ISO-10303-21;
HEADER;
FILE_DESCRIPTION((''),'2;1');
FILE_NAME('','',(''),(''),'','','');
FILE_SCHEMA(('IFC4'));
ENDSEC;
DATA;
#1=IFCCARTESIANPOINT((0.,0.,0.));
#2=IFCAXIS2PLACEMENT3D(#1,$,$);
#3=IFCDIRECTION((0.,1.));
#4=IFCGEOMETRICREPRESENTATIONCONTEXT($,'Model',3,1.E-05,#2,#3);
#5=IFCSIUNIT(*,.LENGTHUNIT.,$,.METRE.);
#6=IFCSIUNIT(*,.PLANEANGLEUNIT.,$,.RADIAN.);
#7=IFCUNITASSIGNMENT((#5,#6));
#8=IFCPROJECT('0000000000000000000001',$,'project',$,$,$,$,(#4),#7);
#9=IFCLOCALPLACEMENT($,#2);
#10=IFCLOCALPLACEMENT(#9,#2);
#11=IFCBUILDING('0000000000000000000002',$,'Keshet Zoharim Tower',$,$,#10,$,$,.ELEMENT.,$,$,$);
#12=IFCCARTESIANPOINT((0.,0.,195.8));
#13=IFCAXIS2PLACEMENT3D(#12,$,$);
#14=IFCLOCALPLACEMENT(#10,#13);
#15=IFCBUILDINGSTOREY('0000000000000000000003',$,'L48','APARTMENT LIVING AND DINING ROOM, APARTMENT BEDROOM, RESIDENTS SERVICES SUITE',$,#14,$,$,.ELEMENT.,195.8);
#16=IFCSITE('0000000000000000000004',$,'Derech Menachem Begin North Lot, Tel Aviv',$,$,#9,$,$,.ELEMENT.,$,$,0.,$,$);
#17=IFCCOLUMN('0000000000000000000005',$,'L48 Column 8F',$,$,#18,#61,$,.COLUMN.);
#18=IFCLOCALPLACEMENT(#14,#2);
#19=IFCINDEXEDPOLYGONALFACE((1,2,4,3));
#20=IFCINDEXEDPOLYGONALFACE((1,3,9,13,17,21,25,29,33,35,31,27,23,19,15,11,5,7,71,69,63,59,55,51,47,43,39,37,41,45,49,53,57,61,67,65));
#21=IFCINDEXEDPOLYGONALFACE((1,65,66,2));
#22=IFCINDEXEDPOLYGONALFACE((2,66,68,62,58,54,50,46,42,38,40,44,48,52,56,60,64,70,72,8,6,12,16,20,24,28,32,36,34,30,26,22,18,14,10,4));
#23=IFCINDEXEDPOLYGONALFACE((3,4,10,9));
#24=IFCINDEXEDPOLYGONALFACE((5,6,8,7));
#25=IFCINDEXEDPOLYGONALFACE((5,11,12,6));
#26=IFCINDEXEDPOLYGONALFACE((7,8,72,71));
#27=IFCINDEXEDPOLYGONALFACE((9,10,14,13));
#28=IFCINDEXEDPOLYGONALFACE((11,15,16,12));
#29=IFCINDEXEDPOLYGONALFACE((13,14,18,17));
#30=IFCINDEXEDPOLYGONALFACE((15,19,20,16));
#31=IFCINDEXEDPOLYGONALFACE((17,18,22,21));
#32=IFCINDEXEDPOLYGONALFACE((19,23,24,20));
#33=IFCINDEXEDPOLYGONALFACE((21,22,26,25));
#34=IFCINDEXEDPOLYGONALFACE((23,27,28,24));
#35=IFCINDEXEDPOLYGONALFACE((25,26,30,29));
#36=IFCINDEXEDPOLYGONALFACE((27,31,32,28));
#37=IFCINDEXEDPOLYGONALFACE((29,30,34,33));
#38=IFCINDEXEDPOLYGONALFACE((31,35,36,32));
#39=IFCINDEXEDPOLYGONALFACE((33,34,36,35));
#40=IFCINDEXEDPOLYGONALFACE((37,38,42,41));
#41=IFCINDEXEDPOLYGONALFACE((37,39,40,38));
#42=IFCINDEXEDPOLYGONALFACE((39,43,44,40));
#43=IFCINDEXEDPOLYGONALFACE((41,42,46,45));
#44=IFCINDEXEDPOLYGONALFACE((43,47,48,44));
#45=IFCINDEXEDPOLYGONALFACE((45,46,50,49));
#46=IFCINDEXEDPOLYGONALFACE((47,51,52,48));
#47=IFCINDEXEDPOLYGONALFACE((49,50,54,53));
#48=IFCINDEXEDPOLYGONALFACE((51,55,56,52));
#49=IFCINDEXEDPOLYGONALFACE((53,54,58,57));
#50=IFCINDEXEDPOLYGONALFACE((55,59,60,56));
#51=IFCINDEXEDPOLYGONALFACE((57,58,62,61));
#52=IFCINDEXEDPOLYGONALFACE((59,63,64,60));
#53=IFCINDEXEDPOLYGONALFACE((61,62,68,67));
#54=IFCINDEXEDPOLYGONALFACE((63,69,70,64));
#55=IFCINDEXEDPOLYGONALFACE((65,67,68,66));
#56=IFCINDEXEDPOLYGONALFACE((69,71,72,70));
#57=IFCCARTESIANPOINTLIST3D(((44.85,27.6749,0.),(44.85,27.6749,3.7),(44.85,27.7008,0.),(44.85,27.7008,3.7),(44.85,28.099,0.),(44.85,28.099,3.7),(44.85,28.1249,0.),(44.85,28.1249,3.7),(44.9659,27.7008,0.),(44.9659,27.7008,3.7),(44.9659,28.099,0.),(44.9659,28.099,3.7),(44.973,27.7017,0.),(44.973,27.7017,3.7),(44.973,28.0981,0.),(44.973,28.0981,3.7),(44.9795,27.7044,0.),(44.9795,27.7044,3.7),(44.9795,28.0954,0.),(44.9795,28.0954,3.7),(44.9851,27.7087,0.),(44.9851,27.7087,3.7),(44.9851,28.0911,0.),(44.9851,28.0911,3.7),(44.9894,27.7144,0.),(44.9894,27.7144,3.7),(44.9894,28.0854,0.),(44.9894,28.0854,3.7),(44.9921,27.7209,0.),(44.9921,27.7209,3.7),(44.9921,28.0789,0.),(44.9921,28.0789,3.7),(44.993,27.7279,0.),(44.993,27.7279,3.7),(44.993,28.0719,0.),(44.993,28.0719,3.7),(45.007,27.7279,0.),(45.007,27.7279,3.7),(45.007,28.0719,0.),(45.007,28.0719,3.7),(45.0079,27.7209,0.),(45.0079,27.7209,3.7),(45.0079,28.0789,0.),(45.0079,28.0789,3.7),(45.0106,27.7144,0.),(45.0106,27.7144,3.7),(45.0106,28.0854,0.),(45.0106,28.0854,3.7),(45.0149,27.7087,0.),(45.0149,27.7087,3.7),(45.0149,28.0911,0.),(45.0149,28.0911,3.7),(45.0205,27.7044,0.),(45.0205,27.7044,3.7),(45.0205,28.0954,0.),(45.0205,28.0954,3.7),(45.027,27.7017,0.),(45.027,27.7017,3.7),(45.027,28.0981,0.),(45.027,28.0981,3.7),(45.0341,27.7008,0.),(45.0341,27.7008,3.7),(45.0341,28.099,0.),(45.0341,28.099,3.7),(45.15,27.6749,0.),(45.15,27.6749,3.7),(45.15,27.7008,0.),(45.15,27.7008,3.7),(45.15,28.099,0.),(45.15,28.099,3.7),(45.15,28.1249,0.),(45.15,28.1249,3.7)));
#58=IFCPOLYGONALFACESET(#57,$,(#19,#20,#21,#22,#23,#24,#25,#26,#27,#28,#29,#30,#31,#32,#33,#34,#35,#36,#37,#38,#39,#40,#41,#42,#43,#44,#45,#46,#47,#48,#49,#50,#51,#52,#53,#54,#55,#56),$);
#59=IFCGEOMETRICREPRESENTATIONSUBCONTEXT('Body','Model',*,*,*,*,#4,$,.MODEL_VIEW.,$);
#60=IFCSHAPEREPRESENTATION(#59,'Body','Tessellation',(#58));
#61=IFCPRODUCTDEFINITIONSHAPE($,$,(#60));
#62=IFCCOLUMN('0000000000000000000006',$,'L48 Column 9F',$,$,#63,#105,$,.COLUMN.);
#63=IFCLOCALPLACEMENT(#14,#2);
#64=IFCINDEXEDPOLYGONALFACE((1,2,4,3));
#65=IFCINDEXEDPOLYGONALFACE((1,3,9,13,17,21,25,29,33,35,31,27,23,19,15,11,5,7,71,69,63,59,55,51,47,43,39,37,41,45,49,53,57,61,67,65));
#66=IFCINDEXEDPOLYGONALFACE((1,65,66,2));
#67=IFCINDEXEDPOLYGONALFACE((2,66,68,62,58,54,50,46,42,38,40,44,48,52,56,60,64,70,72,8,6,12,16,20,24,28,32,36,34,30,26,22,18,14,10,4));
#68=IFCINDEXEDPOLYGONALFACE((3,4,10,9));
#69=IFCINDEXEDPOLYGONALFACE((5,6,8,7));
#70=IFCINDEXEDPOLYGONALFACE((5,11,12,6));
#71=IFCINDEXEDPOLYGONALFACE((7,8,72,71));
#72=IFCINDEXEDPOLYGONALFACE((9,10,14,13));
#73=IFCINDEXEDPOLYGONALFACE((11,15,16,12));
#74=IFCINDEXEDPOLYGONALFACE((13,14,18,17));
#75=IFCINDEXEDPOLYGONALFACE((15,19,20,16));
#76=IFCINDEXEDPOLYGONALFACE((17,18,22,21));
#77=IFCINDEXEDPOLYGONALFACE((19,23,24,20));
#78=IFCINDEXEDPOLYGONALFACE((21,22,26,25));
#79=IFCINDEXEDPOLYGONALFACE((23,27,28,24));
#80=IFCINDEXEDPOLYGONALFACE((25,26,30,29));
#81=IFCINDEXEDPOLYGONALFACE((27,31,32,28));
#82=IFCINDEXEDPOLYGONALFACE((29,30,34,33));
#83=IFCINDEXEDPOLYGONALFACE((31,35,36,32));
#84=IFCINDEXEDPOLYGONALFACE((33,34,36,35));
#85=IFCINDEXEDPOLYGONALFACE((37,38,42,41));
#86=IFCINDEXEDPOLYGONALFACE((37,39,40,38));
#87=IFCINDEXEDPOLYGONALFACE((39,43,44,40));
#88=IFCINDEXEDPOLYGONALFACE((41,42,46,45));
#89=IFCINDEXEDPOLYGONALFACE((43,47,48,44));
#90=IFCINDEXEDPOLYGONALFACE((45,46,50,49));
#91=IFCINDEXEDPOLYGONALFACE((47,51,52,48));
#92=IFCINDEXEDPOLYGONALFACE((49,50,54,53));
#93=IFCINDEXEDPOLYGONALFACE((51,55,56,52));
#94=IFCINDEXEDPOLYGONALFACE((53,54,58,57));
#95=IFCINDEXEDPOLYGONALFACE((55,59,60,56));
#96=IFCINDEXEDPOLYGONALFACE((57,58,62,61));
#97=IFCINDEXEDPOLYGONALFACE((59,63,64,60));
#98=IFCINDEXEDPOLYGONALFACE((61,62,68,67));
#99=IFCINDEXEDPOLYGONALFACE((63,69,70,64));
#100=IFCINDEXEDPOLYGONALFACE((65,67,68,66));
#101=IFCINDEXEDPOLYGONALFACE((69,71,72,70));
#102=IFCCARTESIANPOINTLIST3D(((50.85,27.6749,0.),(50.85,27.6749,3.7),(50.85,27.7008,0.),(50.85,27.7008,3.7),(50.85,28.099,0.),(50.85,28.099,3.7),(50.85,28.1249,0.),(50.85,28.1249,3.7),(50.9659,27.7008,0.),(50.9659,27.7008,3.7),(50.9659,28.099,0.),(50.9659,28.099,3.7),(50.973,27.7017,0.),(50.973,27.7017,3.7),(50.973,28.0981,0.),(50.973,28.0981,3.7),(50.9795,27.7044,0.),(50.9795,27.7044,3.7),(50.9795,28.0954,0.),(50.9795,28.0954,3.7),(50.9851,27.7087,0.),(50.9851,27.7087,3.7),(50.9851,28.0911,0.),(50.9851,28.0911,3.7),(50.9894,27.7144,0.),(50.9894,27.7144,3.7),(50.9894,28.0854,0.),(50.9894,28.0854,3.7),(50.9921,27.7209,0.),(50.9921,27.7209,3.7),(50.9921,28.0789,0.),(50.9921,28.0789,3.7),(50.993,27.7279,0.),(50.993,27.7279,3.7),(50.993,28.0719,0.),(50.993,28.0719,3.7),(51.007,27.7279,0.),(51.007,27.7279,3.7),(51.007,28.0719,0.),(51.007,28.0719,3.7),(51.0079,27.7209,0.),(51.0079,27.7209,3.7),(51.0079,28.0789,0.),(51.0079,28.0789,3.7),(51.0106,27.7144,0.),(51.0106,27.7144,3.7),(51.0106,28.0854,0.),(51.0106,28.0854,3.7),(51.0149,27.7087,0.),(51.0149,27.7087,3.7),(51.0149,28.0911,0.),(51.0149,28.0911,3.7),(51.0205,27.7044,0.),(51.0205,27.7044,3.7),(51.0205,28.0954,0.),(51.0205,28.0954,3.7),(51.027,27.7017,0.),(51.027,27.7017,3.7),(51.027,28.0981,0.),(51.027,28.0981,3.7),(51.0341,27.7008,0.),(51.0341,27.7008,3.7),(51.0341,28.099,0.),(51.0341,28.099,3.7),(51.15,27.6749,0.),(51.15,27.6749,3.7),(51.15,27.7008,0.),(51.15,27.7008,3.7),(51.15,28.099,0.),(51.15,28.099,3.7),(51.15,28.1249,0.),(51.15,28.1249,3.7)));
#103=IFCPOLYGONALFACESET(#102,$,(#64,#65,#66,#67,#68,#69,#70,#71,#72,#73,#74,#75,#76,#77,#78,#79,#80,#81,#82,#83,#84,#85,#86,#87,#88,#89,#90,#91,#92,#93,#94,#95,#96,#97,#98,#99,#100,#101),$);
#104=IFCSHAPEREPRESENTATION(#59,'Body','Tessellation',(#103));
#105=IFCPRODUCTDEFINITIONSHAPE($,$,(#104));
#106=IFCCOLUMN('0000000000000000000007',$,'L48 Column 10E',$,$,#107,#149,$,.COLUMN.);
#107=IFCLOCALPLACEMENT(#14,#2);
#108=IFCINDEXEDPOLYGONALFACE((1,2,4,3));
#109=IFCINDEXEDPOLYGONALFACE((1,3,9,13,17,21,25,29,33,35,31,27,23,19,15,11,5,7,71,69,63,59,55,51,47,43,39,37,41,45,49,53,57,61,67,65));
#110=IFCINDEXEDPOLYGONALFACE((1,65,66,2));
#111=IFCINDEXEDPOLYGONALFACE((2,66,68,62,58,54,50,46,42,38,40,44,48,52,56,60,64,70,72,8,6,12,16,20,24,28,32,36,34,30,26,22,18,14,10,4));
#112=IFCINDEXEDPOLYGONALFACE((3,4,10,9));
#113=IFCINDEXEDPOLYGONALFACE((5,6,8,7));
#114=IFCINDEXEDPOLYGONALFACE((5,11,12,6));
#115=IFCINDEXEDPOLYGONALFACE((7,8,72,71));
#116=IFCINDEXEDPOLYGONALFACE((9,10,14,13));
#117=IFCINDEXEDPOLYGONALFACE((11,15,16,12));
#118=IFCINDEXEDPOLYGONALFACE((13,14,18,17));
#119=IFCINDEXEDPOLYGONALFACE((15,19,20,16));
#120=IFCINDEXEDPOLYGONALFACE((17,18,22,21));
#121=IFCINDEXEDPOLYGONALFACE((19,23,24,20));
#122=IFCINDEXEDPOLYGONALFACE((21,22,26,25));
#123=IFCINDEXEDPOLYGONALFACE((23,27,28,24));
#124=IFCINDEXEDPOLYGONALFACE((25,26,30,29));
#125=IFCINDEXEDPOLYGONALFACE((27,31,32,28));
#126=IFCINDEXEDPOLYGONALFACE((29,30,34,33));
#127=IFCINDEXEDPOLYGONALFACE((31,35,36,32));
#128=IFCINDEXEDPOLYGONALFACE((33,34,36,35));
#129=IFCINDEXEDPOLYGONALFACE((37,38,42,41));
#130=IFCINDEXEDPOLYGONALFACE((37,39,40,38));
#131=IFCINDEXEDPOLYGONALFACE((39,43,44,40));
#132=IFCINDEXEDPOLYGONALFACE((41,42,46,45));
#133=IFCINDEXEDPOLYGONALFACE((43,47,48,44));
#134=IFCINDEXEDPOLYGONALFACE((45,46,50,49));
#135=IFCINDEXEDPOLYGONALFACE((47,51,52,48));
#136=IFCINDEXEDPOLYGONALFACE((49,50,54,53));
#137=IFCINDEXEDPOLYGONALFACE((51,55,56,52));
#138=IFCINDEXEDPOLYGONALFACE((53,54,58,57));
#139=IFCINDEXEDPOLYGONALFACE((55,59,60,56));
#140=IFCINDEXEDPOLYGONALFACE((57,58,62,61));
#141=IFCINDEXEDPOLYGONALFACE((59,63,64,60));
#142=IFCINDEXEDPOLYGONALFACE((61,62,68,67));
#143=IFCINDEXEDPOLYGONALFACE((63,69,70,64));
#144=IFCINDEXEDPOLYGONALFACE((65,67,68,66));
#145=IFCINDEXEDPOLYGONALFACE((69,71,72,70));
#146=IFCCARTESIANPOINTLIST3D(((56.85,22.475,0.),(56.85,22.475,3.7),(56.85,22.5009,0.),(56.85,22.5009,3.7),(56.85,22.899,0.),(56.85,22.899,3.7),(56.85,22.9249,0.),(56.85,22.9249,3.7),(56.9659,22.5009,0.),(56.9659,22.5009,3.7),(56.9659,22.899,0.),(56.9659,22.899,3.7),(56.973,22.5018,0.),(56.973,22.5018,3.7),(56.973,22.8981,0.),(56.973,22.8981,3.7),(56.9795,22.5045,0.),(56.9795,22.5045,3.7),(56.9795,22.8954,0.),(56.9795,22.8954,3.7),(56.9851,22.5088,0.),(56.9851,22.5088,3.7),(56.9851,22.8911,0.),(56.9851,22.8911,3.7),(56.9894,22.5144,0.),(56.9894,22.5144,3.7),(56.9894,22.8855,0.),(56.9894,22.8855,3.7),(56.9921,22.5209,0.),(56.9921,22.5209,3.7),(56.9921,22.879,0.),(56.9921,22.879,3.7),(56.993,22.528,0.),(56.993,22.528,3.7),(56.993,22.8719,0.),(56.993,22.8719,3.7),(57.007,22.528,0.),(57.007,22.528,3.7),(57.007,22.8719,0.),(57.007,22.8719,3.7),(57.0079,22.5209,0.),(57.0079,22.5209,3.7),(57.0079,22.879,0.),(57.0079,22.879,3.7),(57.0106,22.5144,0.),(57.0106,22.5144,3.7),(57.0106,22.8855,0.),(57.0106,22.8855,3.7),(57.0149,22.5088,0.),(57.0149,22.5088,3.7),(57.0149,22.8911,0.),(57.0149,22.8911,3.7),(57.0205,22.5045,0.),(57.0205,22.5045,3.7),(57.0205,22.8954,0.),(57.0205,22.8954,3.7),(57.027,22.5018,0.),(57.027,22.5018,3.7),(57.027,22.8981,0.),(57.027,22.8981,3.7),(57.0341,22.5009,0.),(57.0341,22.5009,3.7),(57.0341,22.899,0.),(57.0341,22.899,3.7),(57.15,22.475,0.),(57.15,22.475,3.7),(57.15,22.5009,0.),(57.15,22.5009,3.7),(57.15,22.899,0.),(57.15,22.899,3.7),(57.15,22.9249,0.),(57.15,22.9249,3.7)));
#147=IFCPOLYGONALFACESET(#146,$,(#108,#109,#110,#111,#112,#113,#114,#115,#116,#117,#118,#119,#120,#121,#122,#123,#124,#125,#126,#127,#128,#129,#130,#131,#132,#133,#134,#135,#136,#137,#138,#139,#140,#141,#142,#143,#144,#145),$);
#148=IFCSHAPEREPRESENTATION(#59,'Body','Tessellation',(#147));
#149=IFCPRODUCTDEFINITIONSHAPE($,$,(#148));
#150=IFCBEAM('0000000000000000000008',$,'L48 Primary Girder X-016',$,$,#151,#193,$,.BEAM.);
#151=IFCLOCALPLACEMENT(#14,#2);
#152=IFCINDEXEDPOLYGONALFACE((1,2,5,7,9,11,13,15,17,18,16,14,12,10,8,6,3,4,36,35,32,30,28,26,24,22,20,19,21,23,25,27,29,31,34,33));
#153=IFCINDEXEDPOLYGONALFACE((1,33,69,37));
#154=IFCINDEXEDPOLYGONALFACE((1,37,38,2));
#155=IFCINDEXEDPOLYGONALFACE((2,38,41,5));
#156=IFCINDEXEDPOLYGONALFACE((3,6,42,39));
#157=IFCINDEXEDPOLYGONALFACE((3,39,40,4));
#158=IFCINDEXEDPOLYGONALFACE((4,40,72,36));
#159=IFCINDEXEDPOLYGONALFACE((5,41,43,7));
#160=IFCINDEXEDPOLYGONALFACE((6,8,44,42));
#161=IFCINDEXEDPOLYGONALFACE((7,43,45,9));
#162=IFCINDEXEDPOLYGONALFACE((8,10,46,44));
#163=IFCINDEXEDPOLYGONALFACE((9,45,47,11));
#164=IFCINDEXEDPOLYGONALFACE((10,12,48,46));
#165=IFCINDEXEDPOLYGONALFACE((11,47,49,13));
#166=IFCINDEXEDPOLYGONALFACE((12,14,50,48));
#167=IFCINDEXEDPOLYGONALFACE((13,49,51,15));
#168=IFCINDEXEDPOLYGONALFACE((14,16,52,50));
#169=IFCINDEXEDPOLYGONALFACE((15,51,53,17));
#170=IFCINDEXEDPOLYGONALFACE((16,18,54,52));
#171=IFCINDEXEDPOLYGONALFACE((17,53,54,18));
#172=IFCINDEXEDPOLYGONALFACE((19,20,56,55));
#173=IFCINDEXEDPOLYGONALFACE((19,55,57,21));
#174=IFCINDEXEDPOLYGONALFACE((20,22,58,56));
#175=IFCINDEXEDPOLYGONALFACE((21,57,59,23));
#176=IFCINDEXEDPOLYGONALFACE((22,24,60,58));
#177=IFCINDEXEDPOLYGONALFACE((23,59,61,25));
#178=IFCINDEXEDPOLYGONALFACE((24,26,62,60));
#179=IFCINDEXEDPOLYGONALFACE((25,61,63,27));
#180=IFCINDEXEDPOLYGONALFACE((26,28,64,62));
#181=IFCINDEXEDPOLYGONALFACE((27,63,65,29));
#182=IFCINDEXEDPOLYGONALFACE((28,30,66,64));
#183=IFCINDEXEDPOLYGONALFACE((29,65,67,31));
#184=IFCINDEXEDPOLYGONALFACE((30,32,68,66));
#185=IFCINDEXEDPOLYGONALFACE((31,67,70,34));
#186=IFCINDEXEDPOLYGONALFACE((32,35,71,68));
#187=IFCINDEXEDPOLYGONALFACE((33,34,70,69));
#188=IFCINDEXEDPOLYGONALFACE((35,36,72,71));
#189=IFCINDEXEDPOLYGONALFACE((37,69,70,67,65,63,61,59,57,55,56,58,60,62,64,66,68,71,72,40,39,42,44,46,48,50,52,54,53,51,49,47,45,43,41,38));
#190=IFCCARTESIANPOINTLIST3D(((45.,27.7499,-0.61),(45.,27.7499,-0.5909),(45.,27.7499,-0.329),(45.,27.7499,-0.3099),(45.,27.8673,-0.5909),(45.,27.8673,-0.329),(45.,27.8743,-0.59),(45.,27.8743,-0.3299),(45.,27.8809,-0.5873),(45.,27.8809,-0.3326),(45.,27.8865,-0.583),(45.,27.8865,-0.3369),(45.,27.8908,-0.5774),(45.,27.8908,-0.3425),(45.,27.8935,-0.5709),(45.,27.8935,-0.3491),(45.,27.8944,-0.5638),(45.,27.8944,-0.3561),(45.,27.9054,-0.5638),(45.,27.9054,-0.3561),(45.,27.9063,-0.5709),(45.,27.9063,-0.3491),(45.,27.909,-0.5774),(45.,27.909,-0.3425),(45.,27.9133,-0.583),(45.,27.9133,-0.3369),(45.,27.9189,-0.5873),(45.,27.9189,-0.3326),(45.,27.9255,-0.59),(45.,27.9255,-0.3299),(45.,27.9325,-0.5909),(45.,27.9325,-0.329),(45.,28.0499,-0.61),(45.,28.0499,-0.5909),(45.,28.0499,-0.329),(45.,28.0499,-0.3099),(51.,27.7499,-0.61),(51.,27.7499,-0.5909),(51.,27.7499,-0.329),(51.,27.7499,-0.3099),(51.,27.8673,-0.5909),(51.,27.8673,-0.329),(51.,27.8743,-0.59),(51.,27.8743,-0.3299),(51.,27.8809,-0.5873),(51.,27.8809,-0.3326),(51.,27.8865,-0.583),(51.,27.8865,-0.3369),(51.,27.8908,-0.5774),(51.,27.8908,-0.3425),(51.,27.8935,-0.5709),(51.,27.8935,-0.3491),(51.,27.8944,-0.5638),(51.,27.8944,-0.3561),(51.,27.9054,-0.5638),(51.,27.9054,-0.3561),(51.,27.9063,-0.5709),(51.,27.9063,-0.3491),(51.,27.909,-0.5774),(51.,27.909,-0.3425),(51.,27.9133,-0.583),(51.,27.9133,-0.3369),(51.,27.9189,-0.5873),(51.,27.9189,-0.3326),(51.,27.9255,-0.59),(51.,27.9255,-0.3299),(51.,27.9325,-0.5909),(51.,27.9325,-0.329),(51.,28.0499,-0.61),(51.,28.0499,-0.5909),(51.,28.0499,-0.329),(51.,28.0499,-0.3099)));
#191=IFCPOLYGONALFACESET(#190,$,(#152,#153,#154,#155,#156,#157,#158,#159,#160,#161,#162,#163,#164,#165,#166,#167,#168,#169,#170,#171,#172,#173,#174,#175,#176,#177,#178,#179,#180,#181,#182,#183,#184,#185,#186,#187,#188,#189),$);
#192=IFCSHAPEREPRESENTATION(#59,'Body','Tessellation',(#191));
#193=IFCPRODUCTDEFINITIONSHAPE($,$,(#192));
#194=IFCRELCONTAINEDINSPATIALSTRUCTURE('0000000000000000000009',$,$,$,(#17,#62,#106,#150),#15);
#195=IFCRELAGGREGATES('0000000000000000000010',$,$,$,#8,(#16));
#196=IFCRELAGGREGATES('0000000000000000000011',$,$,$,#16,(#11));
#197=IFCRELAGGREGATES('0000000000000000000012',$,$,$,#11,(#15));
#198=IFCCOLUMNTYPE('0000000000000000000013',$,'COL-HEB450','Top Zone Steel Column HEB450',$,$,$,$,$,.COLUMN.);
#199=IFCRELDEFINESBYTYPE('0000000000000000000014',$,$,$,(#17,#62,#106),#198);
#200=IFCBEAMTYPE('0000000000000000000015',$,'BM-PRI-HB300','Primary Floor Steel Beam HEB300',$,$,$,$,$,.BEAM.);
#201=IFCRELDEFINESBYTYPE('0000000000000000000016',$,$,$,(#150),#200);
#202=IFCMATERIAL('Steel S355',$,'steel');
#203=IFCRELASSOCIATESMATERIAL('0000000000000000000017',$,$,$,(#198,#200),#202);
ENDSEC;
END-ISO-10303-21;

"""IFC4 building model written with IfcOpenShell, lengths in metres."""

from ifc_helpers import new_model, si_unit, direction, frame, origin, origin_2d, place, context, subcontext, project, spatial, i_section, extrude, material, material_profile, profile_set, type_object, element, save


model = new_model("IFC4")

# Units and contexts
model_context = context("Model", 3, precision=1e-05, world=origin(), true_north=direction((0.0, 1.0)))
body_context = subcontext(model_context, "Body", "Model", "MODEL_VIEW")
ifc_project = project(units=[si_unit("LENGTHUNIT", "METRE"), si_unit("PLANEANGLEUNIT", "RADIAN")], contexts=[model_context])

# Site, building, storey
site_placement = place(None, origin())
site = spatial("IfcSite", under=ifc_project, at=site_placement, Name="Derech Menachem Begin North Lot, Tel Aviv", CompositionType="ELEMENT", RefElevation=0.0)
building_placement = place(site_placement, origin())
building = spatial("IfcBuilding", under=site, at=building_placement, Name="Keshet Zoharim Tower", CompositionType="ELEMENT")
storey_placement = place(building_placement, frame((0.0, 0.0, 195.8)))
storey = spatial("IfcBuildingStorey", under=building, at=storey_placement, Name="L48", Description="APARTMENT LIVING AND DINING ROOM, APARTMENT BEDROOM, RESIDENTS SERVICES SUITE", CompositionType="ELEMENT", Elevation=195.8)

# Columns
ifc_material_1 = material(Name="Steel S355", Category="steel")
ifc_material_profile_1 = material_profile(ifc_material_1, i_section(OverallWidth=0.3, OverallDepth=0.45, WebThickness=0.0139, FlangeThickness=0.0259, FilletRadius=0.0271, at=origin_2d()), Name="HEB450")
ifc_profile_set_1 = profile_set([ifc_material_profile_1], Name="Steel S355")
column_type = type_object("IfcColumnType", Name="COL-HEB450", Description="Top Zone Steel Column HEB450", PredefinedType="COLUMN", material=ifc_profile_set_1)
for number, where, z_axis, x_axis, name in (
    (1, (45.0, 27.8999, 0.0), (0.0, 0.0, 1.0), (1.0, 0.0, 0.0), "L48 Column 8F"),
    (2, (51.0, 27.8999, 0.0), (0.0, 0.0, 1.0), (1.0, 0.0, 0.0), "L48 Column 9F"),
    (3, (57.0, 22.7, 0.0), (0.0, 0.0, 1.0), (1.0, 0.0, 0.0), "L48 Column 10E"),
):
    element("IfcColumn", number, at=place(storey_placement, frame(where, z_axis=z_axis, x_axis=x_axis)), inside=storey, type_object=column_type, Name=name, PredefinedType="COLUMN", context=body_context, shape_type="SweptSolid", body=[
        extrude(i_section(OverallWidth=0.3, OverallDepth=0.45, WebThickness=0.0139, FlangeThickness=0.0259, FilletRadius=0.0271, at=origin_2d()), origin(), (0.0, 0.0, 1.0), 3.7),
    ])

# Beam
ifc_material_profile_2 = material_profile(ifc_material_1, i_section(OverallWidth=0.3, OverallDepth=0.3, WebThickness=0.011, FlangeThickness=0.019, FilletRadius=0.0271, at=origin_2d()), Name="HEB300")
ifc_profile_set_2 = profile_set([ifc_material_profile_2], Name="Steel S355")
beam_type = type_object("IfcBeamType", Name="BM-PRI-HB300", Description="Primary Floor Steel Beam HEB300", PredefinedType="BEAM", material=ifc_profile_set_2)
beam_placement = place(storey_placement, frame((45.0, 27.8999, -0.46), z_axis=(1.0, 0.0, 0.0), x_axis=(0.0, 1.0, 0.0)))
element("IfcBeam", 4, at=beam_placement, inside=storey, type_object=beam_type, Name="L48 Primary Girder X-016", PredefinedType="BEAM", context=body_context, shape_type="SweptSolid", body=[
    extrude(i_section(OverallWidth=0.3, OverallDepth=0.3, WebThickness=0.011, FlangeThickness=0.019, FilletRadius=0.0271, at=origin_2d()), origin(), (0.0, 0.0, 1.0), 6.0),
])

save(model, "model.ifc")
